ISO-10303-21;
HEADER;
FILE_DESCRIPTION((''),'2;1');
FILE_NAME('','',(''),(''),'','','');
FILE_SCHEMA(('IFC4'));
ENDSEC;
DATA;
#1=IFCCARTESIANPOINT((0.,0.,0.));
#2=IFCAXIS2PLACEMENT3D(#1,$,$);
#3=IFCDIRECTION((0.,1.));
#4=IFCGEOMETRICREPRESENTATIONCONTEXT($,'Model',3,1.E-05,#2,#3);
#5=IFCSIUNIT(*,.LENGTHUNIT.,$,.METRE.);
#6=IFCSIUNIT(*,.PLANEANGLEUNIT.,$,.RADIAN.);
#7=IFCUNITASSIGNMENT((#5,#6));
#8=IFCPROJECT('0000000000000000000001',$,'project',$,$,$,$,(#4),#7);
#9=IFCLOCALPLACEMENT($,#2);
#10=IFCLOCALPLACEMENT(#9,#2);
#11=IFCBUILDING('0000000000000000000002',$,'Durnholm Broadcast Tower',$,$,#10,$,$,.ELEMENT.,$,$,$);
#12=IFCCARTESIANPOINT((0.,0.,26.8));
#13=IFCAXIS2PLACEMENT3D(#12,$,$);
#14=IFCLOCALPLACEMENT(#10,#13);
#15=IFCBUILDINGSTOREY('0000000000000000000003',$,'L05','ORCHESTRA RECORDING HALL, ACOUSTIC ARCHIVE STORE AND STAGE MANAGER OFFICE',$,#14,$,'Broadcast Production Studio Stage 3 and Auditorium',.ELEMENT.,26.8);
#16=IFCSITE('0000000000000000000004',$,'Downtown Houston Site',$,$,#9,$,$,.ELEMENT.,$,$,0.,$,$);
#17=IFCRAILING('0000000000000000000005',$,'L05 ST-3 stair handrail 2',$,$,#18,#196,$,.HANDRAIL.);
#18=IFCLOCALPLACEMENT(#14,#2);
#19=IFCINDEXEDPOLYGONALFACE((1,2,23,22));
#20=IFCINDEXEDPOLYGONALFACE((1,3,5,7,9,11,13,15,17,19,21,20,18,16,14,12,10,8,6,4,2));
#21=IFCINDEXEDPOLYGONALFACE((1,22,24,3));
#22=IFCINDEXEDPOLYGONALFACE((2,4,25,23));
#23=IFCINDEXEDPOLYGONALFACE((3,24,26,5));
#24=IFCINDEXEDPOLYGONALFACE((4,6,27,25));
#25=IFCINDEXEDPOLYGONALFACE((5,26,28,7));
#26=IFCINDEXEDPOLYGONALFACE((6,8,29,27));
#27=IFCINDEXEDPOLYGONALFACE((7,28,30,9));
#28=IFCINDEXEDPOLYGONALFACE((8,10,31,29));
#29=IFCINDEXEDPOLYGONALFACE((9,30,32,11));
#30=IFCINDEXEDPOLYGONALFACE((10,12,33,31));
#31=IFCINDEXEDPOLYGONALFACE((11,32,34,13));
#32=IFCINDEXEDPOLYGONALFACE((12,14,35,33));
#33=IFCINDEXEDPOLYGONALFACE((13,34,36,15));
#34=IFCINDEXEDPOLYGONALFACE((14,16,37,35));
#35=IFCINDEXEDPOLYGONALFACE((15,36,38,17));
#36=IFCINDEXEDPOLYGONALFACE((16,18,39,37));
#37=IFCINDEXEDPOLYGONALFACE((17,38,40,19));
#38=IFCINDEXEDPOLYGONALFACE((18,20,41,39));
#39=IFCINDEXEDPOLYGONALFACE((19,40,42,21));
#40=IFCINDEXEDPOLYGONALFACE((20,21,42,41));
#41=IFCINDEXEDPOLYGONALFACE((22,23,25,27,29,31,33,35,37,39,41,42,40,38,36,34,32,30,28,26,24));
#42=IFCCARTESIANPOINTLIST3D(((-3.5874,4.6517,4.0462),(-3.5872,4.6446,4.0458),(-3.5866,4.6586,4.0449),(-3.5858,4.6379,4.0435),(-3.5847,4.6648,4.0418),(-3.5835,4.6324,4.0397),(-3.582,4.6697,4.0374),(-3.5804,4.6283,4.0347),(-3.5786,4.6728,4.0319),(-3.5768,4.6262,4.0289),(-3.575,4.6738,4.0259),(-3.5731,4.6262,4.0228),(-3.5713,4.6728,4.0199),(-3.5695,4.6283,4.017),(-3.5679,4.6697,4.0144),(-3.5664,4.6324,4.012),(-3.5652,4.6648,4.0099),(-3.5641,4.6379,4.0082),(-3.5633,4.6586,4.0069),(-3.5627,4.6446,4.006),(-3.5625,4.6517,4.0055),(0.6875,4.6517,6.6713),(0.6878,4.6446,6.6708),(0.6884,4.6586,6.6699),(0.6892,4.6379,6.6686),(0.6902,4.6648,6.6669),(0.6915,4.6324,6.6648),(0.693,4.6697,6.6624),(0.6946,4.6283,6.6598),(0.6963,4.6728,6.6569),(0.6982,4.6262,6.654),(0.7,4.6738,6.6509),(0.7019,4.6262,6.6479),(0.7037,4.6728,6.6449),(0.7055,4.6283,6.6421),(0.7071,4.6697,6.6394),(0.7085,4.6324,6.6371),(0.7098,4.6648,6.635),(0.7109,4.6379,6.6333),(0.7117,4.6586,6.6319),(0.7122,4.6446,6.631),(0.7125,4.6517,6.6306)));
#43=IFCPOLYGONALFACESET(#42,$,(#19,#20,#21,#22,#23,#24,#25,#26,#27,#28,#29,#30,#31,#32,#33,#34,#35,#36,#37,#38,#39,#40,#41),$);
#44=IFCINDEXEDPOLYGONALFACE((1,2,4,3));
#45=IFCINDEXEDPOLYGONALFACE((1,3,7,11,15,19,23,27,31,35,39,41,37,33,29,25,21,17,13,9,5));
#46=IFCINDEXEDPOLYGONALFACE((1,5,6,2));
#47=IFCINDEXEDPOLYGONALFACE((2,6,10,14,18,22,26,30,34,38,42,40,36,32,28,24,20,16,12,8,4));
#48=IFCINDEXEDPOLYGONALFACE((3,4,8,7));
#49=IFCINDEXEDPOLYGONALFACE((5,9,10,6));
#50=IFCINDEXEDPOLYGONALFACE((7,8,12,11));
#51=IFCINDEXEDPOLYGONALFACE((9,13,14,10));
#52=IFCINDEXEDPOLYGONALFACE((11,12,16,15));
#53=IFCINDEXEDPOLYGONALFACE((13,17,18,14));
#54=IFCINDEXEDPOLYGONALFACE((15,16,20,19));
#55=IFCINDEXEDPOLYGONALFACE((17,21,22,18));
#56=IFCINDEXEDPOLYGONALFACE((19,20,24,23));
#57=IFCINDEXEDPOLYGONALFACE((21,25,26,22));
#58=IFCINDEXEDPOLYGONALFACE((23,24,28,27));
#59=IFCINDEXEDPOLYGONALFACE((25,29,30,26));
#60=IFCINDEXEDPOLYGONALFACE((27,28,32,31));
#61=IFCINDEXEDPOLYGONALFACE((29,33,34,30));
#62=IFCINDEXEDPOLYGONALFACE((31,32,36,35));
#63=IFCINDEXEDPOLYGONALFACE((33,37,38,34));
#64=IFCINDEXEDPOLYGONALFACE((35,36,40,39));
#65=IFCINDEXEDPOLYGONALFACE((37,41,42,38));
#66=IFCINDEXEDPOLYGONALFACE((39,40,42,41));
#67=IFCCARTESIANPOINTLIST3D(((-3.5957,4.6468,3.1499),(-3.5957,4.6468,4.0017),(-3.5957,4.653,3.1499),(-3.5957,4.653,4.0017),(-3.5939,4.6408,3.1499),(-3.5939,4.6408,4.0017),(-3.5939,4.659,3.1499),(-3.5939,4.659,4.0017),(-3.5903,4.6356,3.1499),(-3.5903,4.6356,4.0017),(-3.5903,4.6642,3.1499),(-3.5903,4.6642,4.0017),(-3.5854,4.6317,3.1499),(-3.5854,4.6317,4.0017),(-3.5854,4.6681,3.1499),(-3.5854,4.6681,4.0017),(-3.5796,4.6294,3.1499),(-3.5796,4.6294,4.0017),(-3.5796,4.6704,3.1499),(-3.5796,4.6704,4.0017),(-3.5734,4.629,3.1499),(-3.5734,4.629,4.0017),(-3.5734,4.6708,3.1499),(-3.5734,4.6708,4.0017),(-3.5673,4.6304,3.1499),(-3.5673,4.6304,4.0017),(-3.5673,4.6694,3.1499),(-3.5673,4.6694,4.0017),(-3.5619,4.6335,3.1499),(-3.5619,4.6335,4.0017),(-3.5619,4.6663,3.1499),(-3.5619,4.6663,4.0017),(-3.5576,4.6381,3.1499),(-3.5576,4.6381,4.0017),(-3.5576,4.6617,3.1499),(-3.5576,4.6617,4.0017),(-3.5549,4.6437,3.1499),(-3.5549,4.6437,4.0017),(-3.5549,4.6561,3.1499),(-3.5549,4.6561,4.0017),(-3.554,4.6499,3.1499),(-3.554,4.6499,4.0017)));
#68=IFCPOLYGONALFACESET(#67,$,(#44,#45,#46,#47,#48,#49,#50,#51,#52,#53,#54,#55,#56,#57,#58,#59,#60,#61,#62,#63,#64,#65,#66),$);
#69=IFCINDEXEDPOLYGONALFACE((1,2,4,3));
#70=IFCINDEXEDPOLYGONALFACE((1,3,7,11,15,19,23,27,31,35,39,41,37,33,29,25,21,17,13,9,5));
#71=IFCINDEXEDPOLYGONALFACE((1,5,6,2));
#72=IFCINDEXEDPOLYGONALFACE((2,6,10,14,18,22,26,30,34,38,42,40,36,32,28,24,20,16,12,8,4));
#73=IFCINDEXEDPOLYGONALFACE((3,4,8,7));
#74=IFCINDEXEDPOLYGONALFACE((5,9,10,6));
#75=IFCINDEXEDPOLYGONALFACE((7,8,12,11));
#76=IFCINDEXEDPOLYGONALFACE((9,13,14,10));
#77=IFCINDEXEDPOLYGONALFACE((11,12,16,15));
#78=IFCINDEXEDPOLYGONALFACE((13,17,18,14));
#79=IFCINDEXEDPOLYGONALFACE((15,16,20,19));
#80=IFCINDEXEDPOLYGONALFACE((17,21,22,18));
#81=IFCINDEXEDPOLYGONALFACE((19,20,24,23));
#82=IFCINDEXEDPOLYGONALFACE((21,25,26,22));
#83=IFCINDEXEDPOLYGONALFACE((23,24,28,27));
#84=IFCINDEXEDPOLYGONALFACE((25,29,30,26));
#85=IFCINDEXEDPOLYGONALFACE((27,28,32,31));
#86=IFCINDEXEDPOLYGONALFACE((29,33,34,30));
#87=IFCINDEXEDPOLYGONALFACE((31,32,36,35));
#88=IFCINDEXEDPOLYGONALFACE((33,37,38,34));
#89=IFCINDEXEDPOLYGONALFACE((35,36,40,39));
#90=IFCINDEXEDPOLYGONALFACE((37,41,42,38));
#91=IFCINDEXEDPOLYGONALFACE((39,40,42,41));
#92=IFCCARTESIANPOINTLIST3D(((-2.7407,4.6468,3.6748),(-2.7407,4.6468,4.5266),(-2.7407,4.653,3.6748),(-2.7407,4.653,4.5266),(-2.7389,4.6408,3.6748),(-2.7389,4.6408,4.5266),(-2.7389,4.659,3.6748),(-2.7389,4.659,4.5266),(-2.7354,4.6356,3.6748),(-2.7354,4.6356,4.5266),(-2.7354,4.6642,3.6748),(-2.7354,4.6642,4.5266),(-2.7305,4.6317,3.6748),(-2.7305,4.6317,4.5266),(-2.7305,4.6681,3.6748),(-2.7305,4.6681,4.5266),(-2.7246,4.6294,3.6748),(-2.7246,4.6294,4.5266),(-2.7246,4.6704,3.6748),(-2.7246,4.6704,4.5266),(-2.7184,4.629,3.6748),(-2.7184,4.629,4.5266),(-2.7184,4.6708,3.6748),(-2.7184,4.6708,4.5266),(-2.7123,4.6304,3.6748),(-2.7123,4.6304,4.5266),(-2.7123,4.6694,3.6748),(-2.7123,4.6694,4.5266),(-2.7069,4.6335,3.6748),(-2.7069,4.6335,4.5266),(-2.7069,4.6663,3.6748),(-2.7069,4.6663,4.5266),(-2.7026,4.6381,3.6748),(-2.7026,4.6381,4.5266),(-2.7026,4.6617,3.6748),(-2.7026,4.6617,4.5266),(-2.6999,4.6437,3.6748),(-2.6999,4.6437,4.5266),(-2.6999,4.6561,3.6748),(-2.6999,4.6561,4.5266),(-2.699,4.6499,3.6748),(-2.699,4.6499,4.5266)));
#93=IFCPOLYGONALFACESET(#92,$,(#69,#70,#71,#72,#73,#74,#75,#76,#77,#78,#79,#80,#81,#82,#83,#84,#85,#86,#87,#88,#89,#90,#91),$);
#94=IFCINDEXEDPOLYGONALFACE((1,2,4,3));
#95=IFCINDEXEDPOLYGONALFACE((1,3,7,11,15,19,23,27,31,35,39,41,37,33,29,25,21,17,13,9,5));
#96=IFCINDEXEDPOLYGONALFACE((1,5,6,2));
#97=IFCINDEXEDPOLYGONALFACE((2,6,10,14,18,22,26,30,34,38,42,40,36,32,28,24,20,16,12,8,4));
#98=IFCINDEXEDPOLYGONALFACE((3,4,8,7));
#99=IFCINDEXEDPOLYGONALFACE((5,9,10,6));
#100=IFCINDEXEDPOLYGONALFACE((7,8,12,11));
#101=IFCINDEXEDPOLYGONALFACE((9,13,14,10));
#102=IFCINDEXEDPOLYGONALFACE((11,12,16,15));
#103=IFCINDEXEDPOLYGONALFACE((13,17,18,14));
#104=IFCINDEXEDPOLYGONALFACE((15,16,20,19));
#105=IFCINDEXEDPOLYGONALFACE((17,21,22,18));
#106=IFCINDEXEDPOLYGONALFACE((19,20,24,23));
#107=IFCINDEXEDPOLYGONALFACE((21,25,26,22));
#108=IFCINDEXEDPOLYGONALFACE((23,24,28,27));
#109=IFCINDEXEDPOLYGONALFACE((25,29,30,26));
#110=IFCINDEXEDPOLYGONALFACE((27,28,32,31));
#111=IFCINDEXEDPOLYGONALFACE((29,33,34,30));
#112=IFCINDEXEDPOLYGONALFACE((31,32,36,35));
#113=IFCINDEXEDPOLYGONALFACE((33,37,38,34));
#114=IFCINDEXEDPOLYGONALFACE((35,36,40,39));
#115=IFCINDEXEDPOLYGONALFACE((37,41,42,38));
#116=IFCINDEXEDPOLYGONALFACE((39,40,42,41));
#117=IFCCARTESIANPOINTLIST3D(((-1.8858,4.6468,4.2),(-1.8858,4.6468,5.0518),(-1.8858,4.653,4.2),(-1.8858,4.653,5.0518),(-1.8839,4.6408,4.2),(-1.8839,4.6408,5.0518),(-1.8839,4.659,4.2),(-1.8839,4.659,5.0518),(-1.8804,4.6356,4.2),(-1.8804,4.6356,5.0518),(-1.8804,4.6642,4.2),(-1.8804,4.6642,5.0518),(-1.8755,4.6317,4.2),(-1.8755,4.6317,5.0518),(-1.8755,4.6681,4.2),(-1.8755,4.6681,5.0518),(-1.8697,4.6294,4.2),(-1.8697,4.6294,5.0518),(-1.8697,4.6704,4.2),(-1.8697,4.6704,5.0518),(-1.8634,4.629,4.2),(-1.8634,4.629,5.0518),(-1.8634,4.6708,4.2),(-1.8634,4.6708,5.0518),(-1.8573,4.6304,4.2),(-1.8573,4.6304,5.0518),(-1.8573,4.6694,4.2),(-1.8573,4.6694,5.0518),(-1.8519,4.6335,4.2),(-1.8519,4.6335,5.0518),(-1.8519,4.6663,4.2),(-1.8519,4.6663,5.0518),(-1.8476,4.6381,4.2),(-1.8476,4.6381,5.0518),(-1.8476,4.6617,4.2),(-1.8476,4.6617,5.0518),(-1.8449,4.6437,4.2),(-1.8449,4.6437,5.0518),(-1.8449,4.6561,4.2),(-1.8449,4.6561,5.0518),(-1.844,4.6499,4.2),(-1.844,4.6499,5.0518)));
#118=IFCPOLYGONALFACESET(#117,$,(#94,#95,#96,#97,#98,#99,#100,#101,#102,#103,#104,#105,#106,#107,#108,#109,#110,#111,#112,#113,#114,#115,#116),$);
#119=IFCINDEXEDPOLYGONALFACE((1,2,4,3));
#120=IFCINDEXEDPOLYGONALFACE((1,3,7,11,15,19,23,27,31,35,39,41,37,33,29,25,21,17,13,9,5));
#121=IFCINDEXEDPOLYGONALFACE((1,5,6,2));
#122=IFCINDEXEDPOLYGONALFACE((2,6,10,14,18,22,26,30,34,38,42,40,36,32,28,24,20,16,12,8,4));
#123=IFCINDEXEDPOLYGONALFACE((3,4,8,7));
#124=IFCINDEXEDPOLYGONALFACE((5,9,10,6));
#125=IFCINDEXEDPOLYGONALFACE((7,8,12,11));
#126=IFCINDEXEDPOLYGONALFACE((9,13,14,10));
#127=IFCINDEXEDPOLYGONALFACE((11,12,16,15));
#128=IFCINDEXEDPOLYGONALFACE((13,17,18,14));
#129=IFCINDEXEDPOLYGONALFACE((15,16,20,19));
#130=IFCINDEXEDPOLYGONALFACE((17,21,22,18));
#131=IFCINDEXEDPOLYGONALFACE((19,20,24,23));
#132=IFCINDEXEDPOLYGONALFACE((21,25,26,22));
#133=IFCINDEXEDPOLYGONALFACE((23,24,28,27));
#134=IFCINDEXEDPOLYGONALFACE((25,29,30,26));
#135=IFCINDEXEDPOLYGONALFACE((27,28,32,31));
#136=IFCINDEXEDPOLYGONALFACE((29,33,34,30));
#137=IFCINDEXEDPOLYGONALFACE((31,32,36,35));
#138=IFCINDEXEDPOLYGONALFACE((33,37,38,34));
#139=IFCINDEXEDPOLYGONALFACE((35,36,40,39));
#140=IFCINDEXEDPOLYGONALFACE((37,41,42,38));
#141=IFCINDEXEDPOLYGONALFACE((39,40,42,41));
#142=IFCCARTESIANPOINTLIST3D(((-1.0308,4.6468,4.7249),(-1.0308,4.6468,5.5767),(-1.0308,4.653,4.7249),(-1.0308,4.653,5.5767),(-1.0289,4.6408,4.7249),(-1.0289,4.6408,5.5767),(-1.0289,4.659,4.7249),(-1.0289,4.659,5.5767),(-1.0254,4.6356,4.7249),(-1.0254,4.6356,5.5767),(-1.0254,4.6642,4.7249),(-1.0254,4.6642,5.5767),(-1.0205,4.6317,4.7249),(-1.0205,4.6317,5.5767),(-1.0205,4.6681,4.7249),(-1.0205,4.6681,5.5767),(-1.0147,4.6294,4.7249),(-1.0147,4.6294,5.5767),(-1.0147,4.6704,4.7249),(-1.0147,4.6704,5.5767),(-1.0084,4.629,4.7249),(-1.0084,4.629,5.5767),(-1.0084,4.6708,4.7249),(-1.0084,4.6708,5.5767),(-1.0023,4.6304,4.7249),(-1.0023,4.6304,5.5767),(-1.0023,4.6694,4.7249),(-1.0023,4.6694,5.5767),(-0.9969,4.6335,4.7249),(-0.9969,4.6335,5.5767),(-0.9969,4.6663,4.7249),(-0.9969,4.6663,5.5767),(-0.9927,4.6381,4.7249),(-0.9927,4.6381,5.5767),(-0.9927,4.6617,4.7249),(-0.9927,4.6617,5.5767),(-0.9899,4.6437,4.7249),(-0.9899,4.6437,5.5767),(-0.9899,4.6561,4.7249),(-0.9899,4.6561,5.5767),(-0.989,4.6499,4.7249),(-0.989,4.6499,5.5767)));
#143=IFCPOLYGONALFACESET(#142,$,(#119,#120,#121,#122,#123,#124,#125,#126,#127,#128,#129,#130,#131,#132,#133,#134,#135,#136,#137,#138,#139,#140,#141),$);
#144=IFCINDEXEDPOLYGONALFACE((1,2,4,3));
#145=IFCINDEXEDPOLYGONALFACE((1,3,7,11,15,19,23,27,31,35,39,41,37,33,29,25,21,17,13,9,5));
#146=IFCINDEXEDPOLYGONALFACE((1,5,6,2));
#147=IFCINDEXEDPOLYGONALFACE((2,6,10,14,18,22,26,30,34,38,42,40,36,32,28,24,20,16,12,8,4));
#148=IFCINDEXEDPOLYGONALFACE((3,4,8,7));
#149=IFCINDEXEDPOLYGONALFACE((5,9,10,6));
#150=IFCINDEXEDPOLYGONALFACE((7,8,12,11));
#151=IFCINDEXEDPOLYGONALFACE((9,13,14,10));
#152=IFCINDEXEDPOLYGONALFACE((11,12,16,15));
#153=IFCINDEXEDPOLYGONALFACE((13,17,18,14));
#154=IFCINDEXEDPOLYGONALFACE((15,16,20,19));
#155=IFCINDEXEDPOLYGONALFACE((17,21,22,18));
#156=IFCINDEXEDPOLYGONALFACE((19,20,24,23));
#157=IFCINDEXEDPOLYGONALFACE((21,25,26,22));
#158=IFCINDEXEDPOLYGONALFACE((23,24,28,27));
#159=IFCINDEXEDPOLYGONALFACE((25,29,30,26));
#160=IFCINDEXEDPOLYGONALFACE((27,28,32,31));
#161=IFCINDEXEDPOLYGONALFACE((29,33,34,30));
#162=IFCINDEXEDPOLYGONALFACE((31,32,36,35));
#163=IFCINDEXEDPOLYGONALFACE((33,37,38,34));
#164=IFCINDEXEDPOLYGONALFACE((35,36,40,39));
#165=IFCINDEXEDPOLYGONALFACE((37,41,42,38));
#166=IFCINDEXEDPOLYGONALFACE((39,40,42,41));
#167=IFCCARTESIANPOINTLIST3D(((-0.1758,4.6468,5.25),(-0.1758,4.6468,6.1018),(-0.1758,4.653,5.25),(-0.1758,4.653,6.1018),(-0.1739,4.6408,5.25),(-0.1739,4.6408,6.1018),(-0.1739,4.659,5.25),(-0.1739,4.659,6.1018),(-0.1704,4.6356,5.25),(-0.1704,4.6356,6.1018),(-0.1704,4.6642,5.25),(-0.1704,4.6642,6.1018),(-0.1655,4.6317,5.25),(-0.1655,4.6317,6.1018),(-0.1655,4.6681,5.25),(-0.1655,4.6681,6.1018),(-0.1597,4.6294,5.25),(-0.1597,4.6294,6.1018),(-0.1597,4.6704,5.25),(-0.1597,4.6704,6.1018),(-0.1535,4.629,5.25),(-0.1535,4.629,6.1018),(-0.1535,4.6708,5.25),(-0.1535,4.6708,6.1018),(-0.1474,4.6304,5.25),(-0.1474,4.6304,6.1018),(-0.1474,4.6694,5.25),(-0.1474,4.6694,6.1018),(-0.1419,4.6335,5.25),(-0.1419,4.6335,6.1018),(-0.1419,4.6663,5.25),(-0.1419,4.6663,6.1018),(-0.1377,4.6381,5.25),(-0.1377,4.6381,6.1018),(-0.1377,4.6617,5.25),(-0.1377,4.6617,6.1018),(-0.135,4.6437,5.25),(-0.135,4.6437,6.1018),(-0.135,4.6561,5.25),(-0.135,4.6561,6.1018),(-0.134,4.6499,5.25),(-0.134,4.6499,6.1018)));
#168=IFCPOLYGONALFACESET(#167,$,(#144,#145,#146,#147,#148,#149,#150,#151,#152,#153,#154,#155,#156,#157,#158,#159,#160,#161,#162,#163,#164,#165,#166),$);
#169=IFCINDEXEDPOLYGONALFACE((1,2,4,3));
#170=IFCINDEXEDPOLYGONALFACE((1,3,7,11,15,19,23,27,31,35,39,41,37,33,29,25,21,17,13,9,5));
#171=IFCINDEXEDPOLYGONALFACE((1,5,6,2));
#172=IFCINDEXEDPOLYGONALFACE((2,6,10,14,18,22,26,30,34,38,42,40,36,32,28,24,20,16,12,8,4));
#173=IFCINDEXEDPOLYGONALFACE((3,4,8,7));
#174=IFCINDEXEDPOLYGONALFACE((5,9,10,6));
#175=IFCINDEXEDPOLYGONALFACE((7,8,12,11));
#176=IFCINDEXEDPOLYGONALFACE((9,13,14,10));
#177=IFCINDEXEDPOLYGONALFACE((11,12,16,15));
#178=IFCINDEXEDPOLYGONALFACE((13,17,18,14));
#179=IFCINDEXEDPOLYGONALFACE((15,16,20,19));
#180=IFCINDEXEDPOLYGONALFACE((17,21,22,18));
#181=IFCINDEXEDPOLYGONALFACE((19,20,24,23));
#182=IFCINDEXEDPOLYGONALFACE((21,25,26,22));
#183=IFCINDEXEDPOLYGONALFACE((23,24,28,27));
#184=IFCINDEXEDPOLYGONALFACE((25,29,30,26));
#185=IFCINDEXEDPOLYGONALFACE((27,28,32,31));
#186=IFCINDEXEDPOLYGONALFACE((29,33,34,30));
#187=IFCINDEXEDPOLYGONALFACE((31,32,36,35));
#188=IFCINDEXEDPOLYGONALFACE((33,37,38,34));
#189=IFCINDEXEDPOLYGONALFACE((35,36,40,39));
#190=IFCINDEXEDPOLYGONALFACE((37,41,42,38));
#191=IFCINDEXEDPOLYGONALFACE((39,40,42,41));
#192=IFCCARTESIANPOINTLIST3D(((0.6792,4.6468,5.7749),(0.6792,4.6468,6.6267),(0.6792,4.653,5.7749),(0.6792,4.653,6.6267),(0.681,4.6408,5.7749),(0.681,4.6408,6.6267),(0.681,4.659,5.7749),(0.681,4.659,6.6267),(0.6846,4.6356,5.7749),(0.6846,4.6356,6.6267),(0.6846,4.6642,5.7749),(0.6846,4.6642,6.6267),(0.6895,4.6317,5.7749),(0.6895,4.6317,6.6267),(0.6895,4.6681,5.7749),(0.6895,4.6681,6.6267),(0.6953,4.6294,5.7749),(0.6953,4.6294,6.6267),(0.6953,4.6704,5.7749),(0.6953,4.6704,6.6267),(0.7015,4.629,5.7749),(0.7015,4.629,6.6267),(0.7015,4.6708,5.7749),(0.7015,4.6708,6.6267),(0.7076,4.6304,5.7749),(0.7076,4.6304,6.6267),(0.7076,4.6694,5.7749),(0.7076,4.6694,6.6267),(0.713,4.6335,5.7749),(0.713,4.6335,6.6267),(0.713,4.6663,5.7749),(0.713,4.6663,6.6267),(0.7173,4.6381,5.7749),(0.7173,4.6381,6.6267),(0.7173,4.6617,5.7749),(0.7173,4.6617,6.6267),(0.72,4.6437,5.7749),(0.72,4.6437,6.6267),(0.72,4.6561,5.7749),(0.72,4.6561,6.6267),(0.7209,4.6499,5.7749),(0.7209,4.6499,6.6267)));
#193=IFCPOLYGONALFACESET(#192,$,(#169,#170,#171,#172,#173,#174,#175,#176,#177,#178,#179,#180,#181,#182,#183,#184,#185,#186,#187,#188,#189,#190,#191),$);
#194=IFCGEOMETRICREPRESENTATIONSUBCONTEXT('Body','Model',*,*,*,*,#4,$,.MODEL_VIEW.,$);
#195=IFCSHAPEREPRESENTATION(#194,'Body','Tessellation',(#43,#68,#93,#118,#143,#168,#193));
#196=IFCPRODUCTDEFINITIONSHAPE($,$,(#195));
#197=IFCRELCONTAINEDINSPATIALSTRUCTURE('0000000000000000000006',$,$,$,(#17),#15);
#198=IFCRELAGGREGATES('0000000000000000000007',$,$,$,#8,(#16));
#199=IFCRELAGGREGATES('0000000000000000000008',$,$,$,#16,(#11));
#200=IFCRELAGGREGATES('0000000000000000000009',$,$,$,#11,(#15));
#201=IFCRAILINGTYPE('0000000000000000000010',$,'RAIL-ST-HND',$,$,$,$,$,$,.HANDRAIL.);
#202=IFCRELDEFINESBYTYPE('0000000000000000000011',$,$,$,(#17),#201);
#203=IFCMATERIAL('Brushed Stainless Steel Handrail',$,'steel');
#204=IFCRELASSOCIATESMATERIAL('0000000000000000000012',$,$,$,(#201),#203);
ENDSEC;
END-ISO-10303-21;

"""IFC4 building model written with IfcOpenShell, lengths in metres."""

from ifc_helpers import new_model, si_unit, direction, frame, origin, origin_2d, place, context, subcontext, project, spatial, circle, extrude, material, type_object, element, save


model = new_model("IFC4")

# Units and contexts
model_context = context("Model", 3, precision=1e-05, world=origin(), true_north=direction((0.0, 1.0)))
body_context = subcontext(model_context, "Body", "Model", "MODEL_VIEW")
ifc_project = project(units=[si_unit("LENGTHUNIT", "METRE"), si_unit("PLANEANGLEUNIT", "RADIAN")], contexts=[model_context])

# Site, building, storey
site_placement = place(None, origin())
site = spatial("IfcSite", under=ifc_project, at=site_placement, Name="Downtown Houston Site", CompositionType="ELEMENT", RefElevation=0.0)
building_placement = place(site_placement, origin())
building = spatial("IfcBuilding", under=site, at=building_placement, Name="Durnholm Broadcast Tower", CompositionType="ELEMENT")
storey_placement = place(building_placement, frame((0.0, 0.0, 26.8)))
storey = spatial("IfcBuildingStorey", under=building, at=storey_placement, Name="L05", Description="ORCHESTRA RECORDING HALL, ACOUSTIC ARCHIVE STORE AND STAGE MANAGER OFFICE", LongName="Broadcast Production Studio Stage 3 and Auditorium", CompositionType="ELEMENT", Elevation=26.8)

# Railing
ifc_material_1 = material(Name="Brushed Stainless Steel Handrail", Category="steel")
railing_type = type_object("IfcRailingType", Name="RAIL-ST-HND", PredefinedType="HANDRAIL", material=ifc_material_1)
railing_placement = place(storey_placement, frame((-3.575, 4.6499, 3.1499)))
element("IfcRailing", 1, at=railing_placement, inside=storey, type_object=railing_type, Name="L05 ST-3 stair handrail 2", PredefinedType="HANDRAIL", context=body_context, shape_type="SweptSolid", body=[
    extrude(circle(Radius=0.0239, at=origin_2d()), frame((0.0, 0.0, 0.876), z_axis=(0.852166, 0.0, 0.523272), x_axis=(0.0, 1.0, 0.0)), (0.0, 0.0, 1.0), 5.0166),
    extrude(circle(Radius=0.021, at=origin_2d()), origin(), (0.0, 0.0, 1.0), 0.8518),
    extrude(circle(Radius=0.021, at=origin_2d()), frame((0.855, 0.0, 0.5249)), (0.0, 0.0, 1.0), 0.8518),
    extrude(circle(Radius=0.021, at=origin_2d()), frame((1.71, 0.0, 1.05)), (0.0, 0.0, 1.0), 0.8518),
    extrude(circle(Radius=0.021, at=origin_2d()), frame((2.5649, 0.0, 1.575)), (0.0, 0.0, 1.0), 0.8518),
    extrude(circle(Radius=0.021, at=origin_2d()), frame((3.4199, 0.0, 2.1001)), (0.0, 0.0, 1.0), 0.8518),
    extrude(circle(Radius=0.021, at=origin_2d()), frame((4.2749, 0.0, 2.625)), (0.0, 0.0, 1.0), 0.8518),
])

save(model, "model.ifc")
